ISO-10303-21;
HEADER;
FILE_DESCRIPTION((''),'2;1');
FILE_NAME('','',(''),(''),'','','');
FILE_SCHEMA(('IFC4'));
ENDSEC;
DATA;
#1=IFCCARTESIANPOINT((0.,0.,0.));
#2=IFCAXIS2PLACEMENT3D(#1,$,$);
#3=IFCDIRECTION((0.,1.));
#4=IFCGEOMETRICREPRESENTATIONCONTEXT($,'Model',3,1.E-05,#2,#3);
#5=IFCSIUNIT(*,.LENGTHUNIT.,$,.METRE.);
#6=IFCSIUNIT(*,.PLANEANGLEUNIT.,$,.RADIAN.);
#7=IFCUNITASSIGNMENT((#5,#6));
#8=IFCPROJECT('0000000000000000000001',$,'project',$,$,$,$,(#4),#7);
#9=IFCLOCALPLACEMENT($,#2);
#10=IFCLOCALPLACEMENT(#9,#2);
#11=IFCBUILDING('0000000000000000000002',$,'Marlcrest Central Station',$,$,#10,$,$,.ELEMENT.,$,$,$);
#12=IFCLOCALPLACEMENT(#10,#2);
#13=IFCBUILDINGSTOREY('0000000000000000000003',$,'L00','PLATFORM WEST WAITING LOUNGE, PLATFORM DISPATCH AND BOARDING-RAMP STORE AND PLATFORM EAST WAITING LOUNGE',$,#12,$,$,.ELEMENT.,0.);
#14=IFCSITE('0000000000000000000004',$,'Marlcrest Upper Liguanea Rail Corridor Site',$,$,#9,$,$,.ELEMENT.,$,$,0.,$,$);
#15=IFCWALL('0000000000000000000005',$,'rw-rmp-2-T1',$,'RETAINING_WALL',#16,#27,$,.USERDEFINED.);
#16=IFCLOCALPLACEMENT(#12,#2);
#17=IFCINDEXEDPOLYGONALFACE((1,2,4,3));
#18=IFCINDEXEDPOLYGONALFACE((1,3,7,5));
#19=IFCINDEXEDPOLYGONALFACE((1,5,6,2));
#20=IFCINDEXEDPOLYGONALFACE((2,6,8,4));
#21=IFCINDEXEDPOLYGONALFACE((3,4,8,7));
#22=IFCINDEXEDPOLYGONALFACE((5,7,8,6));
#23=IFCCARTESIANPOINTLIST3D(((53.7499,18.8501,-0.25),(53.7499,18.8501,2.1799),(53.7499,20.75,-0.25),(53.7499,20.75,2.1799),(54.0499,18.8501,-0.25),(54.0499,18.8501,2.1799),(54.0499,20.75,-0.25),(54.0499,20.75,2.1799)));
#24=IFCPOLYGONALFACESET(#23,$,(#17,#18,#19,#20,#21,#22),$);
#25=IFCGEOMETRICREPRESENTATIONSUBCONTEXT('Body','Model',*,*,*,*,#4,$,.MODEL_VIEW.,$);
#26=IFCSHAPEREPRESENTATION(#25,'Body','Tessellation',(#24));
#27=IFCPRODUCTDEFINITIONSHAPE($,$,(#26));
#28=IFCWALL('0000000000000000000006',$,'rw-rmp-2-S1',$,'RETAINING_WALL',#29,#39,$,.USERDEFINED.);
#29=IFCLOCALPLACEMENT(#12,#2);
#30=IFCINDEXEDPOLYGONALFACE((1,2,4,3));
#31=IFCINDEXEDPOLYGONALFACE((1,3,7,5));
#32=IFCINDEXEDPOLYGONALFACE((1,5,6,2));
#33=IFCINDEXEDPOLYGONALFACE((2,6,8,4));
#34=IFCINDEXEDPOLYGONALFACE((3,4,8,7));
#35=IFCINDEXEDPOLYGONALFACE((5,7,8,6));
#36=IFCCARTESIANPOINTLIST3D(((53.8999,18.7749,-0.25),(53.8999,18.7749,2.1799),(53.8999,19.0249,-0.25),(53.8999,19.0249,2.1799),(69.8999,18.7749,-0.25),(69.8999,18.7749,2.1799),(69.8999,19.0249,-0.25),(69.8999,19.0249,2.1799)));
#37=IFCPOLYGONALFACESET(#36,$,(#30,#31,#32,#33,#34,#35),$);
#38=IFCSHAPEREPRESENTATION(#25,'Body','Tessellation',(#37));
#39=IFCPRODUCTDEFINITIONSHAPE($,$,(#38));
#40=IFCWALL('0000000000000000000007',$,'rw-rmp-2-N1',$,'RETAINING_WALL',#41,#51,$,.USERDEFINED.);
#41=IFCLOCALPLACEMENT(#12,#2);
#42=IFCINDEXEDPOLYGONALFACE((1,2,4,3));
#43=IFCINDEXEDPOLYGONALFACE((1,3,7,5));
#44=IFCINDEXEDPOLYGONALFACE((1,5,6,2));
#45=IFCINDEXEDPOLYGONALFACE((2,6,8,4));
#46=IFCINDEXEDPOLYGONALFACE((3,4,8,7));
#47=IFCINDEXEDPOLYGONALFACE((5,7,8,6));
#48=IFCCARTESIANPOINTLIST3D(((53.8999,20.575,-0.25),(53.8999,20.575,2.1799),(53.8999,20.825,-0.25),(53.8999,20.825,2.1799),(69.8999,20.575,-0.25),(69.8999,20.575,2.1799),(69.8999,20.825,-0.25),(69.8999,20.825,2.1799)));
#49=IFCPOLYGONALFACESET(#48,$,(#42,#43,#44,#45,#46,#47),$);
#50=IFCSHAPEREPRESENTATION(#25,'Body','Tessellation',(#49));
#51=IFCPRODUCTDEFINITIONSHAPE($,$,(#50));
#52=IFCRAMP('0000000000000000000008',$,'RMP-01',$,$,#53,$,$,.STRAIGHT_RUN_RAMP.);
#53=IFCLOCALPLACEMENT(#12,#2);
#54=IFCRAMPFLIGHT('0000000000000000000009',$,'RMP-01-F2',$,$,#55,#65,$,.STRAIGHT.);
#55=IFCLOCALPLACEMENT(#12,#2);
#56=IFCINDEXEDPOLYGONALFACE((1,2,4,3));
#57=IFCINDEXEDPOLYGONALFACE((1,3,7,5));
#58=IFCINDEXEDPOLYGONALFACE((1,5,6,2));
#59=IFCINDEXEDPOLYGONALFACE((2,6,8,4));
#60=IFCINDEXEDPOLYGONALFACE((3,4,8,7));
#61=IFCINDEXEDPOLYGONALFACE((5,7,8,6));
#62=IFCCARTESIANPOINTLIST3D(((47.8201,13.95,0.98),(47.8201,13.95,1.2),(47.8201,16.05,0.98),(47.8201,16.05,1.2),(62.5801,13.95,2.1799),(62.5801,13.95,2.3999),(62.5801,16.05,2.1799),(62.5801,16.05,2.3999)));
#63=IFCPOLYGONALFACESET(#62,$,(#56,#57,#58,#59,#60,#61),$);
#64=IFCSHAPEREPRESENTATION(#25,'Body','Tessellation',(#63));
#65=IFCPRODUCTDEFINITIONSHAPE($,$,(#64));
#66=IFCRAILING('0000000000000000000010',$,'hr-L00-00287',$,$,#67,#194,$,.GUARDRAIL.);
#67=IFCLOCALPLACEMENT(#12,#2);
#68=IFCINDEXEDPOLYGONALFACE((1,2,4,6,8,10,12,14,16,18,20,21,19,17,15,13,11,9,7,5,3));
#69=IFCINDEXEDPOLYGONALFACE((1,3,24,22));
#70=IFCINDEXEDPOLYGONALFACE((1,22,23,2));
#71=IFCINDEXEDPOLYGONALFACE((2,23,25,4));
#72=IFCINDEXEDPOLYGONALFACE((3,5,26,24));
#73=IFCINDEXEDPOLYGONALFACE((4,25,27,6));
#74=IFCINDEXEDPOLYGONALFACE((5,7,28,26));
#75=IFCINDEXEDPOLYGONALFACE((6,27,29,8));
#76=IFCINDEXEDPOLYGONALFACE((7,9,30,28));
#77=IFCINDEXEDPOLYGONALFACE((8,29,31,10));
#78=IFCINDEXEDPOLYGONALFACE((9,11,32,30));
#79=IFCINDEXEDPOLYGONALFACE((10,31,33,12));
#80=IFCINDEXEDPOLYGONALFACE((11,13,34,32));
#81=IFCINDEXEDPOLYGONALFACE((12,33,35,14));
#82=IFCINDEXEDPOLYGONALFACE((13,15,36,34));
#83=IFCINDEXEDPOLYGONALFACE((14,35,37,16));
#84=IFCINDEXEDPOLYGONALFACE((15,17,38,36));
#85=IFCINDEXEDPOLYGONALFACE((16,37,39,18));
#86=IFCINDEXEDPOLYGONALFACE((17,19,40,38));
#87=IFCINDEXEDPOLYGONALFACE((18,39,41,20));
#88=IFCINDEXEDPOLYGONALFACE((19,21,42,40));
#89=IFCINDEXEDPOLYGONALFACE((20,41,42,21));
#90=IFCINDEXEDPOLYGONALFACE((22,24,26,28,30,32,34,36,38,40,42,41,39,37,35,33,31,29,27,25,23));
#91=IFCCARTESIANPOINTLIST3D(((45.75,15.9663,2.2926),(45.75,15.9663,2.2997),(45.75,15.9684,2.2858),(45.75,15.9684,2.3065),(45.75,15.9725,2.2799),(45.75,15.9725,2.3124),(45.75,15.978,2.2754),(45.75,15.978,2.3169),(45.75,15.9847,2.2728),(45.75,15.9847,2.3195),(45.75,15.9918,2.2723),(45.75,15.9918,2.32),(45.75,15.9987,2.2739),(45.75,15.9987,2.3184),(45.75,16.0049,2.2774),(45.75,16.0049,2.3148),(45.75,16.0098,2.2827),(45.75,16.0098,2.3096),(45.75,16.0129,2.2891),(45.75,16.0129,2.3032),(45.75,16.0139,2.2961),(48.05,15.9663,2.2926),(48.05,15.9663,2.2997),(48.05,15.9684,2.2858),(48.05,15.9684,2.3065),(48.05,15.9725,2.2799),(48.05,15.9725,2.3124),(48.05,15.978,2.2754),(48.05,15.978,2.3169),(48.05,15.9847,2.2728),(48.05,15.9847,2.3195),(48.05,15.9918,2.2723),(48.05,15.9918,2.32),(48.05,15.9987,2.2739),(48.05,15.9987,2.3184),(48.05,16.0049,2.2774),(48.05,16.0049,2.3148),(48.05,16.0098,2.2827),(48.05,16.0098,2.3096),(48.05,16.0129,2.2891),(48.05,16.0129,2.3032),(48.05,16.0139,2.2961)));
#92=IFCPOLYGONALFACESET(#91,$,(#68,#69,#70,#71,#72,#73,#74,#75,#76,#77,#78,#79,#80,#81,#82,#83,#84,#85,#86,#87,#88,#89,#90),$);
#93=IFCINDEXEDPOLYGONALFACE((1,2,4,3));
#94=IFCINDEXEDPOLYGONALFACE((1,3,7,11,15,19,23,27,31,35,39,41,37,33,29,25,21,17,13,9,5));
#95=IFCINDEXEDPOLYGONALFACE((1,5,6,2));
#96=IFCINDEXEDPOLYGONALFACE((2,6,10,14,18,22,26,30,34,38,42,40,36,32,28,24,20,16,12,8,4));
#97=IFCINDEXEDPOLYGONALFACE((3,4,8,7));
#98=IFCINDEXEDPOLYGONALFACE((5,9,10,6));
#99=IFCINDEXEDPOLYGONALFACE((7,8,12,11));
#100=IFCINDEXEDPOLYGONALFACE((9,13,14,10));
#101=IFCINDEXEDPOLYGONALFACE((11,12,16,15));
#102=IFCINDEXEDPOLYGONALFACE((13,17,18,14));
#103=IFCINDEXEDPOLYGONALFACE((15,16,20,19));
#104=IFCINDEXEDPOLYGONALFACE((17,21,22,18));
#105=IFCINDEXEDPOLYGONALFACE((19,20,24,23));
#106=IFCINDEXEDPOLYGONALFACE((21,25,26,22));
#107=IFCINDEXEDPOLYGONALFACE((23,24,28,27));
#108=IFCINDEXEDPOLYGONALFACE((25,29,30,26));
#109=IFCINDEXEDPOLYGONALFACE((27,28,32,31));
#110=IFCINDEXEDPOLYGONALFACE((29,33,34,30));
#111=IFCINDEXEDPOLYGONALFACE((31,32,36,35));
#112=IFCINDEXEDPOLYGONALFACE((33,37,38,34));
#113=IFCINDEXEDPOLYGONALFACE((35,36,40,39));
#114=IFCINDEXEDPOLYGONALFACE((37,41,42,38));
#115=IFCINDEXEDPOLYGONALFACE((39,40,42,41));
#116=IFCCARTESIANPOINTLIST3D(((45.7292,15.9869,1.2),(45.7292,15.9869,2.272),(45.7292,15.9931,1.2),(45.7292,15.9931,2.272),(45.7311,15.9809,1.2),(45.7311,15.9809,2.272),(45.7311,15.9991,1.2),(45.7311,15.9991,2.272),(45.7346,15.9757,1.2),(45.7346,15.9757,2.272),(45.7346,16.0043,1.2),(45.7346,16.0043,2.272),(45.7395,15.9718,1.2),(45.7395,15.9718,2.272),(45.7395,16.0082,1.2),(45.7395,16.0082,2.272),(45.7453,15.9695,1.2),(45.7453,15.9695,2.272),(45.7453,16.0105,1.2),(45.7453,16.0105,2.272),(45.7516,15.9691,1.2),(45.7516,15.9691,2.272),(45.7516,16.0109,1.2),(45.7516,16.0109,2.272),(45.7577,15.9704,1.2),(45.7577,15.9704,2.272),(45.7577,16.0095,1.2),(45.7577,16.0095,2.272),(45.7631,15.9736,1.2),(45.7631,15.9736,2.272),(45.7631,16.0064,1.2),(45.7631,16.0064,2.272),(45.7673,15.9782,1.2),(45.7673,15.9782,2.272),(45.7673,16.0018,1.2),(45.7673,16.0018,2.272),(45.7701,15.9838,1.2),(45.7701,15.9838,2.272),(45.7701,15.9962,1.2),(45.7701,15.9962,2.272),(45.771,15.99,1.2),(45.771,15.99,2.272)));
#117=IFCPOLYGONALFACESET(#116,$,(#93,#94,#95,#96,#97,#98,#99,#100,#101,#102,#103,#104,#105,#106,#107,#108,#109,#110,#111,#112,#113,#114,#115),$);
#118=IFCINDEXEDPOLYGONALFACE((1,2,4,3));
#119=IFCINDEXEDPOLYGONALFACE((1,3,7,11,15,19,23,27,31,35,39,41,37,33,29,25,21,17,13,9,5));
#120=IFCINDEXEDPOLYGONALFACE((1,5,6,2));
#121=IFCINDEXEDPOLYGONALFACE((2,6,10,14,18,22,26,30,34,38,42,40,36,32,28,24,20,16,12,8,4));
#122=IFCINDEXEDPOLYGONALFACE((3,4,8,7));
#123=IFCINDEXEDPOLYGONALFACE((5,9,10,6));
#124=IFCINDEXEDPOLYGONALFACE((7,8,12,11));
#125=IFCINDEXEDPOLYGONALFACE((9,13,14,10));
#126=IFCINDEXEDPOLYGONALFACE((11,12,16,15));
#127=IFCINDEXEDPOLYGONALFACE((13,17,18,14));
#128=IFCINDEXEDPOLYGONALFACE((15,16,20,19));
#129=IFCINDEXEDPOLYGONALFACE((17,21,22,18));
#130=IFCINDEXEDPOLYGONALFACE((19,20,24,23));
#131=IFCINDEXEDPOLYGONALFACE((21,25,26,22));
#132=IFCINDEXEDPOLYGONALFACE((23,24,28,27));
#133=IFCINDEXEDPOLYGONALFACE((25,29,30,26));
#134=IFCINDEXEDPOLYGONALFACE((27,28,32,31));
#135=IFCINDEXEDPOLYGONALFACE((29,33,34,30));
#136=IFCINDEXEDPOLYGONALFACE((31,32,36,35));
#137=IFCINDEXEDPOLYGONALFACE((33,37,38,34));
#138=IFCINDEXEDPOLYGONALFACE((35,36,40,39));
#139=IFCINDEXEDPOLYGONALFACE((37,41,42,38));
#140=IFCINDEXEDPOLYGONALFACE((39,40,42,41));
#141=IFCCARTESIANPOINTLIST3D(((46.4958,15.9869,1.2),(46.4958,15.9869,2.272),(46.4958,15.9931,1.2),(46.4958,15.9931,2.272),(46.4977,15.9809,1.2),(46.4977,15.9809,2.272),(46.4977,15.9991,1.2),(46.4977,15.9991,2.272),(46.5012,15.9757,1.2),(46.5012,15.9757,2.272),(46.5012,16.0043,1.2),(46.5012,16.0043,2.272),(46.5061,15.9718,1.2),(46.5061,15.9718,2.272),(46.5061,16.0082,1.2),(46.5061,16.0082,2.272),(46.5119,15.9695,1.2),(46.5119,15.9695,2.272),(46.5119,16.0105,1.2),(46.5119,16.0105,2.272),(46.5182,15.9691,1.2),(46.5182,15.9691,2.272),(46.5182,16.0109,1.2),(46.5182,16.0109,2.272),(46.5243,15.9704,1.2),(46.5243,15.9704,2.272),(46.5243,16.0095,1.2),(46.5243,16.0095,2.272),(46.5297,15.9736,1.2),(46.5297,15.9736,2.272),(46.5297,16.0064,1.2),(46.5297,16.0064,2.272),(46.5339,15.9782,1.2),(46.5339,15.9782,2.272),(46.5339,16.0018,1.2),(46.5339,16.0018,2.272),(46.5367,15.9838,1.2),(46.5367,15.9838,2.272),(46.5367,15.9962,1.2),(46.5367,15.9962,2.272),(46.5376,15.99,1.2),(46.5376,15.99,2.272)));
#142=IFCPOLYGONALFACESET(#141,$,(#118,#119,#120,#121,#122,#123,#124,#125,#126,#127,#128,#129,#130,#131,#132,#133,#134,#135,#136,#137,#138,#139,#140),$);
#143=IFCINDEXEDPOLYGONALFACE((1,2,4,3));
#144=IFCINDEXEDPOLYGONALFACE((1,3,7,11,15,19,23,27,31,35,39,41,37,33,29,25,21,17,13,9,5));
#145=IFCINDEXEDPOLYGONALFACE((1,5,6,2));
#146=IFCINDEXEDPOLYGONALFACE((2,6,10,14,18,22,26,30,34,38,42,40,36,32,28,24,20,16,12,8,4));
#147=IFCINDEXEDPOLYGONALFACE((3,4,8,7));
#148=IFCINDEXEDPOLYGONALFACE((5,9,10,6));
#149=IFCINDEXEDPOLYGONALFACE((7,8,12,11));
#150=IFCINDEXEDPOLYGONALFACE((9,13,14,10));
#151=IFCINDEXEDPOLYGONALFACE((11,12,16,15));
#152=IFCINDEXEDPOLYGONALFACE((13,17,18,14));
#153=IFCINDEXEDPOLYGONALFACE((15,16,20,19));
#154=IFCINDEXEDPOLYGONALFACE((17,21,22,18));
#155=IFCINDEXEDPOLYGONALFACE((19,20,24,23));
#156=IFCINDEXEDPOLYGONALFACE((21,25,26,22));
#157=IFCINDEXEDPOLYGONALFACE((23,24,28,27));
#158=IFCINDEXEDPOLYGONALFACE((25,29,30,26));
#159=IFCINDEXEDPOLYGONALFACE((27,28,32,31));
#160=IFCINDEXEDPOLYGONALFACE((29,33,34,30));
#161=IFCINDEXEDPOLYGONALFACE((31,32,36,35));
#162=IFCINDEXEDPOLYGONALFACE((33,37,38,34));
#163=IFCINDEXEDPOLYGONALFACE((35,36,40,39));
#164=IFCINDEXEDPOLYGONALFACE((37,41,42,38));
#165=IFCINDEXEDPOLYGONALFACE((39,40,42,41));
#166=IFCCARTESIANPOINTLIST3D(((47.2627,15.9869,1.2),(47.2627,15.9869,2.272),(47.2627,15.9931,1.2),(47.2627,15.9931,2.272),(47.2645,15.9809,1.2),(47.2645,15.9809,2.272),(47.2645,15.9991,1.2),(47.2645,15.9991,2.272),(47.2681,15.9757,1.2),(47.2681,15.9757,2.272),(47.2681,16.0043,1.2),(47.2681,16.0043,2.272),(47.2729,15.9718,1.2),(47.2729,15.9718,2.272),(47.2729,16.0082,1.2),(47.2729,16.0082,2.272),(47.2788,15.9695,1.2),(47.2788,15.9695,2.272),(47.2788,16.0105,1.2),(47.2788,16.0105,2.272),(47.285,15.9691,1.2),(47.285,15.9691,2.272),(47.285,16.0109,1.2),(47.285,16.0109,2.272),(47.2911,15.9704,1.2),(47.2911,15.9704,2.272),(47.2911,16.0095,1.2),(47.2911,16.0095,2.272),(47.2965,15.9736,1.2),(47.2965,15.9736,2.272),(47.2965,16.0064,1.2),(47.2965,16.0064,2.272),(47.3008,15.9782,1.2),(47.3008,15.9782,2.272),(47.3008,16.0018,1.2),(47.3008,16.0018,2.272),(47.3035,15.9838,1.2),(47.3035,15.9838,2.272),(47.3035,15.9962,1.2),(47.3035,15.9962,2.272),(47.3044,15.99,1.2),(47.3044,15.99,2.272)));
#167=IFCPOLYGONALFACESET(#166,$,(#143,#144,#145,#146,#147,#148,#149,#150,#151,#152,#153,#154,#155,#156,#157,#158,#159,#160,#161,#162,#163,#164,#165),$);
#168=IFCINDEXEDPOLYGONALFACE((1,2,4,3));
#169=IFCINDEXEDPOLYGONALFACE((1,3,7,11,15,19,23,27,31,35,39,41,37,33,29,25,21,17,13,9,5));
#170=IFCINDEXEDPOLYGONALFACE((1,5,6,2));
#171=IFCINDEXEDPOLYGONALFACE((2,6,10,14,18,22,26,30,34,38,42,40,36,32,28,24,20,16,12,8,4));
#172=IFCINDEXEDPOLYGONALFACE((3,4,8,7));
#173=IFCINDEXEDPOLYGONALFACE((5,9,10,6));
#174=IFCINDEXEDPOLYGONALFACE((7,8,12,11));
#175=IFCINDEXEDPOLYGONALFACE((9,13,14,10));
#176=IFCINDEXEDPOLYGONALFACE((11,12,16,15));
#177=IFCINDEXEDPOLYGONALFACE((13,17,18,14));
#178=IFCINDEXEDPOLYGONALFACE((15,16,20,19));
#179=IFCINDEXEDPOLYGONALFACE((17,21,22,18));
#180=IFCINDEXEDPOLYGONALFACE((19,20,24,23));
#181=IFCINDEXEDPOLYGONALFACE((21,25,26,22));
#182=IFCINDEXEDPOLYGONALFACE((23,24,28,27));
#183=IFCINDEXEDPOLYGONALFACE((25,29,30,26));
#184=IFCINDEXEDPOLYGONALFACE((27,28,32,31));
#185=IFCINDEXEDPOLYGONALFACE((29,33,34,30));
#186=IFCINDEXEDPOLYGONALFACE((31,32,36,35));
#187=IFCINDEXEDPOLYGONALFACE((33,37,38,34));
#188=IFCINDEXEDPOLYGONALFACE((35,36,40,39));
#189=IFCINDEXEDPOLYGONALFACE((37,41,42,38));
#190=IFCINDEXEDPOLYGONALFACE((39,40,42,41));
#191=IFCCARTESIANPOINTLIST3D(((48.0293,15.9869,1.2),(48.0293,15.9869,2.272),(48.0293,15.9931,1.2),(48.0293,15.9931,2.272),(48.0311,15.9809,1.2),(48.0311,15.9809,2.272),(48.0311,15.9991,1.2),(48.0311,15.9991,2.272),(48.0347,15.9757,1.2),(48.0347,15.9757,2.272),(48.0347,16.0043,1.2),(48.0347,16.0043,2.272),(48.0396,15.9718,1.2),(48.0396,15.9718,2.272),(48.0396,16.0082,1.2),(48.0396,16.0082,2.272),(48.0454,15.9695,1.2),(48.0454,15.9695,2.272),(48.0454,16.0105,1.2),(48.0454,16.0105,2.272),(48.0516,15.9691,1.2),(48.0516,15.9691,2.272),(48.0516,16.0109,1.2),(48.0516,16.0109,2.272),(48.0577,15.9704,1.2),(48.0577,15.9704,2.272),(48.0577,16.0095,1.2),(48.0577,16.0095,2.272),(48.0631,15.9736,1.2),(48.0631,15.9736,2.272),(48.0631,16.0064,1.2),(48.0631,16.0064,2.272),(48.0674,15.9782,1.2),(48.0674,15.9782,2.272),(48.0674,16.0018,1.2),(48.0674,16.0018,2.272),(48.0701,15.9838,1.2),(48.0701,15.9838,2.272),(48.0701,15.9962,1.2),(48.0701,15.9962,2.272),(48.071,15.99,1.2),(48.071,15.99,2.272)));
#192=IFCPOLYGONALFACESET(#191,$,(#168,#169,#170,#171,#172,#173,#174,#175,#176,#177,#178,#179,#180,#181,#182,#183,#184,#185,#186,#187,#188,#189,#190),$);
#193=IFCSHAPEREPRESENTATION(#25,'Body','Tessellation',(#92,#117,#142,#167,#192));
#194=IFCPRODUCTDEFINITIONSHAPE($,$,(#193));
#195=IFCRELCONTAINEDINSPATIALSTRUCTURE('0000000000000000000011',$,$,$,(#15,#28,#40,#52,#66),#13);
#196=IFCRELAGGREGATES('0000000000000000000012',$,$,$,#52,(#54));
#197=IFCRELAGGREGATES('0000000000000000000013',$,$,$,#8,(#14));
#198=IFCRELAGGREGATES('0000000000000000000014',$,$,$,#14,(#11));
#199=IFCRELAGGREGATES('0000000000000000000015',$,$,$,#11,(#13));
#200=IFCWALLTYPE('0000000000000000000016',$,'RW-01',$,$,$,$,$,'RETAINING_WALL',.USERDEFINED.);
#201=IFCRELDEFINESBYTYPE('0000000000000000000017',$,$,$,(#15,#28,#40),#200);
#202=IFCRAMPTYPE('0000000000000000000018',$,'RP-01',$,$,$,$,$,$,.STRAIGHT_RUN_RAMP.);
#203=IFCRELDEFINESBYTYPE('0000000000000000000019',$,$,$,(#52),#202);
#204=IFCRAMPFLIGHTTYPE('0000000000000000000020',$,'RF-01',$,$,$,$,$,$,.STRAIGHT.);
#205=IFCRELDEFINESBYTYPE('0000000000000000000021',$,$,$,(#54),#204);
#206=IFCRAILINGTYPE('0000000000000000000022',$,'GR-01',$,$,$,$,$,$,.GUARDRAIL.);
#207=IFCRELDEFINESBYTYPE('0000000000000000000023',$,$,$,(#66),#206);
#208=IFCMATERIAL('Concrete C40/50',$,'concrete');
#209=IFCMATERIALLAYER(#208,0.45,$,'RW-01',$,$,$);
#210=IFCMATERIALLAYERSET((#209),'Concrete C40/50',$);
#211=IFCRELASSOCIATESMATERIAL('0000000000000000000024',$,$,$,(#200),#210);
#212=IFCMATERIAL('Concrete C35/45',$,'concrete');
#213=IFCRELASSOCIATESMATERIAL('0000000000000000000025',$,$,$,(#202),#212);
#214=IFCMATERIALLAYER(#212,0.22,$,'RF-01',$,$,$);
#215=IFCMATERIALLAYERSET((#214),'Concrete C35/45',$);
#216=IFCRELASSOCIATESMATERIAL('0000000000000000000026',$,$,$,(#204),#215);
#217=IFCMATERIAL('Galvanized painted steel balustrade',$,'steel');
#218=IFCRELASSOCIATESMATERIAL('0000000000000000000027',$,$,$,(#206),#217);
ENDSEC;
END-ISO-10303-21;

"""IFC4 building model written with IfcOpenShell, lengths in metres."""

from ifc_helpers import new_model, si_unit, direction, frame, frame_2d, origin, origin_2d, place, context, subcontext, project, spatial, polyline, rectangle, circle, outline, extrude, material, layer, layer_set, type_object, element, aggregate, save


model = new_model("IFC4")

# Units and contexts
model_context = context("Model", 3, precision=1e-05, world=origin(), true_north=direction((0.0, 1.0)))
body_context = subcontext(model_context, "Body", "Model", "MODEL_VIEW")
ifc_project = project(units=[si_unit("LENGTHUNIT", "METRE"), si_unit("PLANEANGLEUNIT", "RADIAN")], contexts=[model_context])

# Site, building, storey
site_placement = place(None, origin())
site = spatial("IfcSite", under=ifc_project, at=site_placement, Name="Marlcrest Upper Liguanea Rail Corridor Site", CompositionType="ELEMENT", RefElevation=0.0)
building_placement = place(site_placement, origin())
building = spatial("IfcBuilding", under=site, at=building_placement, Name="Marlcrest Central Station", CompositionType="ELEMENT")
storey_placement = place(building_placement, origin())
storey = spatial("IfcBuildingStorey", under=building, at=storey_placement, Name="L00", Description="PLATFORM WEST WAITING LOUNGE, PLATFORM DISPATCH AND BOARDING-RAMP STORE AND PLATFORM EAST WAITING LOUNGE", CompositionType="ELEMENT", Elevation=0.0)

# Shared definitions
ifc_material_1 = material(Name="Concrete C40/50", Category="concrete")

# Walls
ifc_layer_1 = layer(ifc_material_1, 0.45, Name="RW-01")
ifc_layer_set_1 = layer_set([ifc_layer_1], Name="Concrete C40/50")
wall_type_1 = type_object("IfcWallType", Name="RW-01", ElementType="RETAINING_WALL", PredefinedType="USERDEFINED", material=ifc_layer_set_1)
wall_1_placement = place(storey_placement, frame((53.8999, 18.8501, -0.25), z_axis=(0.0, 0.0, 1.0), x_axis=(0.0, 1.0, 0.0)))
element("IfcWall", 1, at=wall_1_placement, inside=storey, type_object=wall_type_1, Name="rw-rmp-2-T1", ObjectType="RETAINING_WALL", PredefinedType="USERDEFINED", context=body_context, shape_type="SweptSolid", body=[
    extrude(rectangle(XDim=1.8999, YDim=0.3, at=frame_2d((0.95, 0.0))), origin(), (0.0, 0.0, 1.0), 2.4299),
])
for number, where, z_axis, x_axis, name in (
    (2, (53.8999, 18.8999, -0.25), (0.0, 0.0, 1.0), (1.0, 0.0, 0.0), "rw-rmp-2-S1"),
    (3, (53.8999, 20.7, -0.25), (0.0, 0.0, 1.0), (1.0, 0.0, 0.0), "rw-rmp-2-N1"),
):
    element("IfcWall", number, at=place(storey_placement, frame(where, z_axis=z_axis, x_axis=x_axis)), inside=storey, type_object=wall_type_1, Name=name, ObjectType="RETAINING_WALL", PredefinedType="USERDEFINED", context=body_context, shape_type="SweptSolid", body=[
        extrude(rectangle(XDim=16.0, YDim=0.25, at=frame_2d((8.0, 0.0))), origin(), (0.0, 0.0, 1.0), 2.4299),
    ])

# Ramp, ramp flight
ifc_material_2 = material(Name="Concrete C35/45", Category="concrete")
ramp_type = type_object("IfcRampType", Name="RP-01", PredefinedType="STRAIGHT_RUN_RAMP", material=ifc_material_2)
ramp_placement = place(storey_placement, origin())
ramp = element("IfcRamp", 4, at=ramp_placement, inside=storey, type_object=ramp_type, Name="RMP-01", PredefinedType="STRAIGHT_RUN_RAMP")
ifc_layer_2 = layer(ifc_material_2, 0.22, Name="RF-01")
ifc_layer_set_2 = layer_set([ifc_layer_2], Name="Concrete C35/45")
ramp_flight_type = type_object("IfcRampFlightType", Name="RF-01", PredefinedType="STRAIGHT", material=ifc_layer_set_2)
ramp_flight_placement = place(storey_placement, frame((47.8201, 15.0, 1.2), z_axis=(0.0, 0.0, 1.0), x_axis=(1.0, 0.0, 0.0)))
ramp_flight = element("IfcRampFlight", 5, at=ramp_flight_placement, type_object=ramp_flight_type, Name="RMP-01-F2", PredefinedType="STRAIGHT", context=body_context, shape_type="SweptSolid", body=[
    extrude(outline(polyline([(0.0, -0.22), (0.0, 0.0), (14.76, 1.2), (14.76, 0.98), (0.0, -0.22)])), frame((0.0, 1.05, 0.0), z_axis=(0.0, -1.0, 0.0), x_axis=(1.0, 0.0, 0.0)), (0.0, 0.0, 1.0), 2.1001),
])
aggregate(ramp, [ramp_flight])

# Railing
ifc_material_3 = material(Name="Galvanized painted steel balustrade", Category="steel")
railing_type_1 = type_object("IfcRailingType", Name="GR-01", PredefinedType="GUARDRAIL", material=ifc_material_3)
railing_1_placement = place(storey_placement, frame((45.75, 15.99, 1.2)))
element("IfcRailing", 6, at=railing_1_placement, inside=storey, type_object=railing_type_1, Name="hr-L00-00287", PredefinedType="GUARDRAIL", context=body_context, shape_type="SweptSolid", body=[
    extrude(circle(Radius=0.0239, at=origin_2d()), frame((0.0, 0.0, 1.0962), z_axis=(1.0, 0.0, 0.0), x_axis=(0.0, 1.0, 0.0)), (0.0, 0.0, 1.0), 2.3),
    extrude(circle(Radius=0.021, at=origin_2d()), origin(), (0.0, 0.0, 1.0), 1.072),
    extrude(circle(Radius=0.021, at=origin_2d()), frame((0.7666, 0.0, 0.0)), (0.0, 0.0, 1.0), 1.072),
    extrude(circle(Radius=0.021, at=origin_2d()), frame((1.5334, 0.0, 0.0)), (0.0, 0.0, 1.0), 1.072),
    extrude(circle(Radius=0.021, at=origin_2d()), frame((2.3, 0.0, 0.0)), (0.0, 0.0, 1.0), 1.072),
])

save(model, "model.ifc")
